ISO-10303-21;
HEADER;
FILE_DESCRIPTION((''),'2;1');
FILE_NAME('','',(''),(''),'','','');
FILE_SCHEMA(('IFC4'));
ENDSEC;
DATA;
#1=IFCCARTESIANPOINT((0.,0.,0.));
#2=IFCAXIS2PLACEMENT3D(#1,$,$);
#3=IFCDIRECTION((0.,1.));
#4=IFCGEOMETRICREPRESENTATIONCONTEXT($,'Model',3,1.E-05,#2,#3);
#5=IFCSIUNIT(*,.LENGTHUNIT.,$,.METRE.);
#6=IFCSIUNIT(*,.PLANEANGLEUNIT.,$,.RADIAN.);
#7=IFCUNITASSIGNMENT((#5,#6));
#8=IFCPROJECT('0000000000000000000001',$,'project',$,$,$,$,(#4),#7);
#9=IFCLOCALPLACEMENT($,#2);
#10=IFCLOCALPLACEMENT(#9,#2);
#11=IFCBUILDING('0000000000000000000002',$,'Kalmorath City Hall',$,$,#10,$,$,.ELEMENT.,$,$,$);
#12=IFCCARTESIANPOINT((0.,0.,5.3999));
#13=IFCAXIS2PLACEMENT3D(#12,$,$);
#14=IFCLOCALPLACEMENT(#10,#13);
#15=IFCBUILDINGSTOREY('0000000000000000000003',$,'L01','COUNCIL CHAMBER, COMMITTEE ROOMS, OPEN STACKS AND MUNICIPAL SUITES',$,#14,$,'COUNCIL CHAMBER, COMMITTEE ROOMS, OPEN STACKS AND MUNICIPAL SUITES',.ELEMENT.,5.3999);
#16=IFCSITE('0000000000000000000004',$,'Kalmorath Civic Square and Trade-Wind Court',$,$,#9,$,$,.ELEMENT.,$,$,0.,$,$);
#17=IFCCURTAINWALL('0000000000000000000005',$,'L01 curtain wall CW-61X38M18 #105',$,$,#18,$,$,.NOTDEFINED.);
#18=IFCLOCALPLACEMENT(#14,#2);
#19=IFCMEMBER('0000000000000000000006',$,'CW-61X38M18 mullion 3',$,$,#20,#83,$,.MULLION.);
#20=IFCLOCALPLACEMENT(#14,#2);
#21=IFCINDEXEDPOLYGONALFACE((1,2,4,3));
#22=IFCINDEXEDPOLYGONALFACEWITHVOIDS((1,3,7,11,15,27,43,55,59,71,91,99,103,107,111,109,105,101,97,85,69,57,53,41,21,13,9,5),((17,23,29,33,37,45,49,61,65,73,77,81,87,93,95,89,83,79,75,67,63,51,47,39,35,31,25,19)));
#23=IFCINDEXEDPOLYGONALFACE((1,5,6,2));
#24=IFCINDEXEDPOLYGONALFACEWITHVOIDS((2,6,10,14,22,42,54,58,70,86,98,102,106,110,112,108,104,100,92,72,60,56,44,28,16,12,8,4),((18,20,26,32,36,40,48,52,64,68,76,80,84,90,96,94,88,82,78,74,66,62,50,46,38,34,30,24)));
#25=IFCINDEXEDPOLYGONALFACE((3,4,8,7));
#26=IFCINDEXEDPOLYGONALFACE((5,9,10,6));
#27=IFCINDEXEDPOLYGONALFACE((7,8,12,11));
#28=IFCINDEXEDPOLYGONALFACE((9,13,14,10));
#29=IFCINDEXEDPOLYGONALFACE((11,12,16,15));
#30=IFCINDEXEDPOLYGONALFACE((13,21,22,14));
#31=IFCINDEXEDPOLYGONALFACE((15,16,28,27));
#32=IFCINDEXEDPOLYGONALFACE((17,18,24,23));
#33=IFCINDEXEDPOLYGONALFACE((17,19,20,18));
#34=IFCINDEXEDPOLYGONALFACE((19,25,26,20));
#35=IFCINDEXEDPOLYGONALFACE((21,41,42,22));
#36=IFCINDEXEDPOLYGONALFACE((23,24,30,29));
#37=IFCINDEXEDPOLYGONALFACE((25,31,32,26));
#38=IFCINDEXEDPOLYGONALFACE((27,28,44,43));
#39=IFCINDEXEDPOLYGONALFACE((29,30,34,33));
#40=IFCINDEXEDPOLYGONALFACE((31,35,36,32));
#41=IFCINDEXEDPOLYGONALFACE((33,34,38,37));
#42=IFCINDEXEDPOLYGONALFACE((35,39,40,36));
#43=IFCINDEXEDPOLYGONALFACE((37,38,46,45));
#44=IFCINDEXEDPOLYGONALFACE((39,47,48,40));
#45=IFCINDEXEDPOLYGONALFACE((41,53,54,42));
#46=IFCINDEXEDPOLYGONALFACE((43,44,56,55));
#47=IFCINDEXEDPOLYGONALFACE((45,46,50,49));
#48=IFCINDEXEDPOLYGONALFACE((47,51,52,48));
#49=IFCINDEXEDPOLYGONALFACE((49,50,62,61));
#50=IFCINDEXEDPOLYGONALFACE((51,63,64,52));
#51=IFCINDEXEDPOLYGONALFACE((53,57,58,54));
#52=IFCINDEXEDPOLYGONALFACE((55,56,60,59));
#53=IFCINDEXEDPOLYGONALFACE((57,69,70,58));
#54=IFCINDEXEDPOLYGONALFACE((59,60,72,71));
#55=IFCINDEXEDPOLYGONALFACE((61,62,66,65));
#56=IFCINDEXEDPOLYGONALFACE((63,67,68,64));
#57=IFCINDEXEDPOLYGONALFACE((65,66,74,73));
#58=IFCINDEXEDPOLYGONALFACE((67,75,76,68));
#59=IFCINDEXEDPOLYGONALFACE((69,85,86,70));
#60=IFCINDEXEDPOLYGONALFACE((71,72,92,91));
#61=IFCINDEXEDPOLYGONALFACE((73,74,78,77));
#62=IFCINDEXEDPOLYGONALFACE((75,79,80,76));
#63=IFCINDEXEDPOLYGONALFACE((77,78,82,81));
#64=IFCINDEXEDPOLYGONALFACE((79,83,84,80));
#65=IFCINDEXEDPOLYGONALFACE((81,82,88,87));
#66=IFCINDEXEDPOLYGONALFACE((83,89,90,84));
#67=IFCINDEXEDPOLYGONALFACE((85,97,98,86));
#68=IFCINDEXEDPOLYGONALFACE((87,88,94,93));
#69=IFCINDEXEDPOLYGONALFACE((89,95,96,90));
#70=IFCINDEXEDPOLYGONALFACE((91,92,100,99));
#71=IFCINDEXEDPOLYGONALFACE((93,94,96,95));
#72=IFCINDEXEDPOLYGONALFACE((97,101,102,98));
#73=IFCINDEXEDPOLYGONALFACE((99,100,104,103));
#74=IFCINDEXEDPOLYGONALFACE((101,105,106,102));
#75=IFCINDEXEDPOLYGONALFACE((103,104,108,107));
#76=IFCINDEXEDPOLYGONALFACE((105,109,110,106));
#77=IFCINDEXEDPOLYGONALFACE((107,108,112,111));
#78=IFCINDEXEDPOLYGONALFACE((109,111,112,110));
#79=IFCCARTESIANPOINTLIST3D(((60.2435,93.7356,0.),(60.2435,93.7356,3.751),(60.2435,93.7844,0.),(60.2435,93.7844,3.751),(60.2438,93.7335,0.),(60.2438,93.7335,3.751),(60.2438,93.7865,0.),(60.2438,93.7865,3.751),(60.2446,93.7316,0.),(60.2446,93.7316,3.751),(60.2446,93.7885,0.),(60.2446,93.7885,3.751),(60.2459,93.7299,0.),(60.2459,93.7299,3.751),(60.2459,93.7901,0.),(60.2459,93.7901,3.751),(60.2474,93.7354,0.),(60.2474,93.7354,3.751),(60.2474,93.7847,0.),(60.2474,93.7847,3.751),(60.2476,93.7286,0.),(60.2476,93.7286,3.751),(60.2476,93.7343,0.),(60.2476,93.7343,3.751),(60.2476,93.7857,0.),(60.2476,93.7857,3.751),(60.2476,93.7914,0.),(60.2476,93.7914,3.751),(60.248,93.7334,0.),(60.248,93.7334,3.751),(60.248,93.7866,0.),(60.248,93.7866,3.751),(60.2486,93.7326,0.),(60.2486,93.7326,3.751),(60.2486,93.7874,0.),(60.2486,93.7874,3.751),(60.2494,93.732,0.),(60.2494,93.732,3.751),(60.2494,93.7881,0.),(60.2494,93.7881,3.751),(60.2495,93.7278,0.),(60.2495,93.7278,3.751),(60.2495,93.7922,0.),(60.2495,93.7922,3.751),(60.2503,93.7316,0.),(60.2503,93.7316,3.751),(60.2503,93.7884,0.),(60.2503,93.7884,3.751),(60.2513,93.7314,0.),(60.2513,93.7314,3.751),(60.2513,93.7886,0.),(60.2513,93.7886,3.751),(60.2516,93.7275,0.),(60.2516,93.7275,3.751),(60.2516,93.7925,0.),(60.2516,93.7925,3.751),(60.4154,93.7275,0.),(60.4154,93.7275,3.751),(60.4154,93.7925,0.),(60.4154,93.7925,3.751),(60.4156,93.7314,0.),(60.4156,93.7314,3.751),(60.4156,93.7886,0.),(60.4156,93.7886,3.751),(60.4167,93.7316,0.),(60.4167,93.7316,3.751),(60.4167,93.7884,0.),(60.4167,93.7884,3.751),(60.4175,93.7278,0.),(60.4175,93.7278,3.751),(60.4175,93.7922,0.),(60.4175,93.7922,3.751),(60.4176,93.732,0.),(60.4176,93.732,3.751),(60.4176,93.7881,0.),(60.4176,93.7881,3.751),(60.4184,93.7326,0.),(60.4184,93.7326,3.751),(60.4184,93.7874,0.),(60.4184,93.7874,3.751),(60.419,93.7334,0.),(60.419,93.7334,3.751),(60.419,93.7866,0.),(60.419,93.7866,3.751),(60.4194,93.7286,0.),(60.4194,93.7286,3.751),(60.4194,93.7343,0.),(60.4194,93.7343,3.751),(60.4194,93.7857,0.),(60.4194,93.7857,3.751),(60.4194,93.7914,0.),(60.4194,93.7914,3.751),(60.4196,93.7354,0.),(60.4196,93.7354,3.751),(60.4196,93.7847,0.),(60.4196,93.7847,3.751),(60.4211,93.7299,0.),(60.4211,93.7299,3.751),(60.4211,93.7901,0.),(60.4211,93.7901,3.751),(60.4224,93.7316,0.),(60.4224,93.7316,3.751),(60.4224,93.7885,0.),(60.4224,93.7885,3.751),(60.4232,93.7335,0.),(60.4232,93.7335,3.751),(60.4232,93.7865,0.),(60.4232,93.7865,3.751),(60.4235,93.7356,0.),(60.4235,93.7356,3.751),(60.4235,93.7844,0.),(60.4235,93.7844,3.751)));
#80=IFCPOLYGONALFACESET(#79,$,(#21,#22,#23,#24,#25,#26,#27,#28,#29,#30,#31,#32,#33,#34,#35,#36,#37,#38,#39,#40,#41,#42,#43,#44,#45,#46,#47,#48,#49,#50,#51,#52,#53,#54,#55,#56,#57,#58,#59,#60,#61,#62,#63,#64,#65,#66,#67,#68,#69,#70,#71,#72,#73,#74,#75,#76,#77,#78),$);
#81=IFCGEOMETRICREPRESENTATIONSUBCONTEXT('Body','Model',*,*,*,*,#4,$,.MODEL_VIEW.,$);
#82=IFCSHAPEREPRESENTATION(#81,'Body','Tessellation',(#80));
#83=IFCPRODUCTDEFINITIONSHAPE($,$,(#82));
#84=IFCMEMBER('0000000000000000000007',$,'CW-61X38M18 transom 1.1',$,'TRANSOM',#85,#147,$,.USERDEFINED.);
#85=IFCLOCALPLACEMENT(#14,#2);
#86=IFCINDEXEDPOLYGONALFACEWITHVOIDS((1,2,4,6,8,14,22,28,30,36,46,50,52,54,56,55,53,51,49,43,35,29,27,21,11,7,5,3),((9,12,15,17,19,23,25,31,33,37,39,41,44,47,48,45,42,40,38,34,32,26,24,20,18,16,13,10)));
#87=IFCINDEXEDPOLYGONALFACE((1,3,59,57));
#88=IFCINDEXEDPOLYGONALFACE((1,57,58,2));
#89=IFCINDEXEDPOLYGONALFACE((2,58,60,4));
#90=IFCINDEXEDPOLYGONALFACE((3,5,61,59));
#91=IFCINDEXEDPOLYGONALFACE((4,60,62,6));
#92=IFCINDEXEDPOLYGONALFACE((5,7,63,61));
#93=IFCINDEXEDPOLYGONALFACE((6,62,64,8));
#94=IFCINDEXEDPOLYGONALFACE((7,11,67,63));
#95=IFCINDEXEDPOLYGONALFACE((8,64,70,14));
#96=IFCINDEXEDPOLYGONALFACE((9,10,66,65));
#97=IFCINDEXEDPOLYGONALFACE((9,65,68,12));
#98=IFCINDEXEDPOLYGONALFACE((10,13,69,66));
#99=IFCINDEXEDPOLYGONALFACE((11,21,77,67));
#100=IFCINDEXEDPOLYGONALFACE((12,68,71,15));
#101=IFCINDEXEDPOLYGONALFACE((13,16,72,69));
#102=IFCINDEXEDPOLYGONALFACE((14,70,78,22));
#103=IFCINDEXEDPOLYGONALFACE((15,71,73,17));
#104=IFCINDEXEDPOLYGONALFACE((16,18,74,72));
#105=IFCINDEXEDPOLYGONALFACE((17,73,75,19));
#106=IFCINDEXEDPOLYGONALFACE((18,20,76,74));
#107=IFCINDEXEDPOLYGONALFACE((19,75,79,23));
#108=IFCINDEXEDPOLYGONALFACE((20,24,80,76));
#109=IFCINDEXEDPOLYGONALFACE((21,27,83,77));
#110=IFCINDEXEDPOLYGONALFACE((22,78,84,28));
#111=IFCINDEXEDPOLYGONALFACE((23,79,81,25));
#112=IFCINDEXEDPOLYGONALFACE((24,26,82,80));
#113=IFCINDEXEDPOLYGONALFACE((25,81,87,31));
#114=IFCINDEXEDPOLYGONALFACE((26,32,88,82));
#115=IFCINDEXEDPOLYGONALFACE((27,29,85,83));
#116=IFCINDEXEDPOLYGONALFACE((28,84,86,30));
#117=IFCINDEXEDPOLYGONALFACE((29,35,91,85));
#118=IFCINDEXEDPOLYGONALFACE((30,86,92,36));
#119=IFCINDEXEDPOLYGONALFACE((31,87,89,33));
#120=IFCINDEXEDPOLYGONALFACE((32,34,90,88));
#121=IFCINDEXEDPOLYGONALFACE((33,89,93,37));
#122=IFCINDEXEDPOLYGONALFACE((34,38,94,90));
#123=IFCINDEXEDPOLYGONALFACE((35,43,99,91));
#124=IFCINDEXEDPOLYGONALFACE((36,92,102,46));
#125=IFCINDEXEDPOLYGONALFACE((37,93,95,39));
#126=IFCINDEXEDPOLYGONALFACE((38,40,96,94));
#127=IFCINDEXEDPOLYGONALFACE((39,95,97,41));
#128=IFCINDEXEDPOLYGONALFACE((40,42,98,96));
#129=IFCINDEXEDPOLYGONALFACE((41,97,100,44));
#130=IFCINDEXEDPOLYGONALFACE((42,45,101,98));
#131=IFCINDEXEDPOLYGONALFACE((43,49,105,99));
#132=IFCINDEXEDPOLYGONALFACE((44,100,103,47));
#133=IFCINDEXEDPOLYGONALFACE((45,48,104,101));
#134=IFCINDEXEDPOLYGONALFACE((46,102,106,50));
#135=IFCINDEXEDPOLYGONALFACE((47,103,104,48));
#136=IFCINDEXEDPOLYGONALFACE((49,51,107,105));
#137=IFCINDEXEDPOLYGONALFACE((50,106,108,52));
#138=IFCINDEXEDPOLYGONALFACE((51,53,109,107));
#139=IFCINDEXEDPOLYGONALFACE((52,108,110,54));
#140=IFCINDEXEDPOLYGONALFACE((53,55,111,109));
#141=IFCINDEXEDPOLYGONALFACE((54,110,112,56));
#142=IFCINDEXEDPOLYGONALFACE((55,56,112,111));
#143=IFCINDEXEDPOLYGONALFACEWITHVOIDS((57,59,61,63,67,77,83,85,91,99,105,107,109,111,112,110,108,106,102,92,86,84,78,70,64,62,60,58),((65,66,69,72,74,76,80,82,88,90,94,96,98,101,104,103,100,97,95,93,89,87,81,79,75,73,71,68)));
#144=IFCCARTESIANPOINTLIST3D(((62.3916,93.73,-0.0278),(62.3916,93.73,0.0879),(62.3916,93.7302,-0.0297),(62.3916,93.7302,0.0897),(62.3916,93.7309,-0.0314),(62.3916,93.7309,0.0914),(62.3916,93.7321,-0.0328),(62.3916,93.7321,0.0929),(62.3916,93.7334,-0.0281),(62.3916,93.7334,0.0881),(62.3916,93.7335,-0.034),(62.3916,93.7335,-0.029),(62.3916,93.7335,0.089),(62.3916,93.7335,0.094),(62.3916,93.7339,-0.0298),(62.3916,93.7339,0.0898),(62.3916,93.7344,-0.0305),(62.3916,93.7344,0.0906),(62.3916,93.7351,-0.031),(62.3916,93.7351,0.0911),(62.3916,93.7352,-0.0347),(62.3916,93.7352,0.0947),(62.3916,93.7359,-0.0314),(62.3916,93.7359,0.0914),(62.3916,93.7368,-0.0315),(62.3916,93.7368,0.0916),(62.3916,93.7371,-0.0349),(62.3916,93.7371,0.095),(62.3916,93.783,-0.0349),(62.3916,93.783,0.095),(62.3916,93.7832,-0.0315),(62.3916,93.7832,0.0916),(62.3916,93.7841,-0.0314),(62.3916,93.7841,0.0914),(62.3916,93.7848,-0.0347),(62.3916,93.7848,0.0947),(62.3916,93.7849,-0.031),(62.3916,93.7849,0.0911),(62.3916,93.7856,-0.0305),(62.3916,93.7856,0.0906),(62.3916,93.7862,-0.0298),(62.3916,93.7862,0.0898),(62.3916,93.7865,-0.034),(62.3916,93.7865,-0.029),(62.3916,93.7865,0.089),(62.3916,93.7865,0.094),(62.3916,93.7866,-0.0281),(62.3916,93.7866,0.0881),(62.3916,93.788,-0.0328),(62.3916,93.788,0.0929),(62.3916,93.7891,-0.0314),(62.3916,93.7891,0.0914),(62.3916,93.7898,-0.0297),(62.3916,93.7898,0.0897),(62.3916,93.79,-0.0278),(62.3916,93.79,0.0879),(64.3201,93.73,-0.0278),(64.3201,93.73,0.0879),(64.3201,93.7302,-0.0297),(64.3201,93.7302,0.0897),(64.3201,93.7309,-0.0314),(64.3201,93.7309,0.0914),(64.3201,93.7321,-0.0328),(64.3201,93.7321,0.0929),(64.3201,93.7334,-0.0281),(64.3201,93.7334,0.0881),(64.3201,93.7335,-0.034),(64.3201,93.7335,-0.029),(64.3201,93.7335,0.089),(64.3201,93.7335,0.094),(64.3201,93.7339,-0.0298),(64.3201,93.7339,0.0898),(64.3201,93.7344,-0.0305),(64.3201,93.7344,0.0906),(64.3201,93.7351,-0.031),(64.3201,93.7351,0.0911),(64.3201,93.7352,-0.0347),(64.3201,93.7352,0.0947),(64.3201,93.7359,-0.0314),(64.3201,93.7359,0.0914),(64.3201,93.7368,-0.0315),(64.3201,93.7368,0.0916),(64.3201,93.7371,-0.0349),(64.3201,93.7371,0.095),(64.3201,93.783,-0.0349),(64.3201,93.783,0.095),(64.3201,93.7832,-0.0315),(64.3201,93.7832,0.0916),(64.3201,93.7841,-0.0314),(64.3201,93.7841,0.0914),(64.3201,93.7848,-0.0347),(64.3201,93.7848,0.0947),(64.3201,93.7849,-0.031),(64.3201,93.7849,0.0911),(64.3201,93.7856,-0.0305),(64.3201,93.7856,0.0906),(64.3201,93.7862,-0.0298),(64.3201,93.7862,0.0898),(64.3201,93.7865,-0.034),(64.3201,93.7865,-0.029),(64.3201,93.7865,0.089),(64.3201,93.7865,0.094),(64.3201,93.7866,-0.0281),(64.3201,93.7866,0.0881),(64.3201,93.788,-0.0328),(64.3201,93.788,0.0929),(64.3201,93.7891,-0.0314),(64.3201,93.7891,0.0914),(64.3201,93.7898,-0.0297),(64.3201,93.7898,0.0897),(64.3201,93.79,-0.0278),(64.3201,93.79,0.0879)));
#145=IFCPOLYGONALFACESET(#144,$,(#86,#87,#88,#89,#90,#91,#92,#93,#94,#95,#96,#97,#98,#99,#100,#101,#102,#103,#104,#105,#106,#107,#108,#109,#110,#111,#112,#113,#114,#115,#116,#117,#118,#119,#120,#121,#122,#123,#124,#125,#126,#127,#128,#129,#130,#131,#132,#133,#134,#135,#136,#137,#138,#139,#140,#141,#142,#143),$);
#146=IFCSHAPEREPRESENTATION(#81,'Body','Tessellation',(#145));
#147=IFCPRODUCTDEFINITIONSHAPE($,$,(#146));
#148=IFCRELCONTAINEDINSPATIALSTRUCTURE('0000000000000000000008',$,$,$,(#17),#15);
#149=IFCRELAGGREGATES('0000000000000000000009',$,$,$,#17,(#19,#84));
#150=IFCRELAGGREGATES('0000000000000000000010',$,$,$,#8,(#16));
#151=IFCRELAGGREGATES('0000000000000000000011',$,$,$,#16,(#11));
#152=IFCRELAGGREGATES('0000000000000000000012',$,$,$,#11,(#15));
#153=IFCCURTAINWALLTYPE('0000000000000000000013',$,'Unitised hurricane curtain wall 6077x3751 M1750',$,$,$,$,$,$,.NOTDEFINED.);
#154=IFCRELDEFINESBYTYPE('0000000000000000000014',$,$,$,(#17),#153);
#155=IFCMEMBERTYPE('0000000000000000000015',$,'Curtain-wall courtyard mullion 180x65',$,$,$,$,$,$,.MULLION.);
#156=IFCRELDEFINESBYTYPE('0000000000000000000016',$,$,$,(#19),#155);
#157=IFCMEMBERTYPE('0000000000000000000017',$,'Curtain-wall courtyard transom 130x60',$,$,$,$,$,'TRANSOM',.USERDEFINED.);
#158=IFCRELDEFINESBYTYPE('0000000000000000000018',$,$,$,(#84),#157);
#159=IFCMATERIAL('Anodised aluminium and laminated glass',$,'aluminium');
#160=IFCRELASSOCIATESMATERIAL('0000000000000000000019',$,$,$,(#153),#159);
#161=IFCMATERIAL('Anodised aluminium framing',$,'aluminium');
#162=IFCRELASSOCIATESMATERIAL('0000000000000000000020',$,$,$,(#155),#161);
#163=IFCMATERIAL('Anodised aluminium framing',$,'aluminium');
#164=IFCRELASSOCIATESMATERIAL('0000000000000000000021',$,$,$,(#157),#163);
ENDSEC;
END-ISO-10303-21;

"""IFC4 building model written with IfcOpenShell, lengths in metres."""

from ifc_helpers import new_model, si_unit, direction, frame, origin, origin_2d, place, context, subcontext, project, spatial, hollow_rectangle, extrude, material, material_profile, profile_set, type_object, element, aggregate, save


model = new_model("IFC4")

# Units and contexts
model_context = context("Model", 3, precision=1e-05, world=origin(), true_north=direction((0.0, 1.0)))
body_context = subcontext(model_context, "Body", "Model", "MODEL_VIEW")
ifc_project = project(units=[si_unit("LENGTHUNIT", "METRE"), si_unit("PLANEANGLEUNIT", "RADIAN")], contexts=[model_context])

# Site, building, storey
site_placement = place(None, origin())
site = spatial("IfcSite", under=ifc_project, at=site_placement, Name="Kalmorath Civic Square and Trade-Wind Court", CompositionType="ELEMENT", RefElevation=0.0)
building_placement = place(site_placement, origin())
building = spatial("IfcBuilding", under=site, at=building_placement, Name="Kalmorath City Hall", CompositionType="ELEMENT")
storey_placement = place(building_placement, frame((0.0, 0.0, 5.3999)))
storey = spatial("IfcBuildingStorey", under=building, at=storey_placement, Name="L01", Description="COUNCIL CHAMBER, COMMITTEE ROOMS, OPEN STACKS AND MUNICIPAL SUITES", LongName="COUNCIL CHAMBER, COMMITTEE ROOMS, OPEN STACKS AND MUNICIPAL SUITES", CompositionType="ELEMENT", Elevation=5.3999)

# Curtain wall, members
ifc_material_1 = material(Name="Anodised aluminium and laminated glass", Category="aluminium")
curtain_wall_type = type_object("IfcCurtainWallType", Name="Unitised hurricane curtain wall 6077x3751 M1750", PredefinedType="NOTDEFINED", material=ifc_material_1)
curtain_wall_placement = place(storey_placement, origin())
curtain_wall = element("IfcCurtainWall", 1, at=curtain_wall_placement, inside=storey, type_object=curtain_wall_type, Name="L01 curtain wall CW-61X38M18 #105", PredefinedType="NOTDEFINED")
ifc_material_2 = material(Name="Anodised aluminium framing", Category="aluminium")
ifc_material_profile_1 = material_profile(ifc_material_2, hollow_rectangle(XDim=0.0649, YDim=0.1799, WallThickness=0.0039, InnerFilletRadius=0.0039, OuterFilletRadius=0.0081, at=origin_2d()), Name="ALU-MUL-180X65X4")
ifc_profile_set_1 = profile_set([ifc_material_profile_1], Name="Anodised aluminium framing")
member_type_1 = type_object("IfcMemberType", Name="Curtain-wall courtyard mullion 180x65", PredefinedType="MULLION", material=ifc_profile_set_1)
member_1_placement = place(storey_placement, frame((60.3335, 93.76, 0.0), z_axis=(0.0, 0.0, 1.0), x_axis=(0.0, -1.0, 0.0)))
member_1 = element("IfcMember", 2, at=member_1_placement, type_object=member_type_1, Name="CW-61X38M18 mullion 3", PredefinedType="MULLION", context=body_context, shape_type="SweptSolid", body=[
    extrude(hollow_rectangle(XDim=0.0649, YDim=0.1799, WallThickness=0.0039, InnerFilletRadius=0.0039, OuterFilletRadius=0.0081, at=origin_2d()), origin(), (0.0, 0.0, 1.0), 3.751),
])
ifc_material_3 = material(Name="Anodised aluminium framing", Category="aluminium")
ifc_material_profile_2 = material_profile(ifc_material_3, hollow_rectangle(XDim=0.0601, YDim=0.1299, WallThickness=0.0034, InnerFilletRadius=0.0034, OuterFilletRadius=0.0071, at=origin_2d()), Name="ALU-TRN-130X60X3.5")
ifc_profile_set_2 = profile_set([ifc_material_profile_2], Name="Anodised aluminium framing")
member_type_2 = type_object("IfcMemberType", Name="Curtain-wall courtyard transom 130x60", ElementType="TRANSOM", PredefinedType="USERDEFINED", material=ifc_profile_set_2)
member_2_placement = place(storey_placement, frame((64.3201, 93.76, 0.03), z_axis=(-1.0, 0.0, 0.0), x_axis=(0.0, -1.0, 0.0)))
member_2 = element("IfcMember", 3, at=member_2_placement, type_object=member_type_2, Name="CW-61X38M18 transom 1.1", ObjectType="TRANSOM", PredefinedType="USERDEFINED", context=body_context, shape_type="SweptSolid", body=[
    extrude(hollow_rectangle(XDim=0.0601, YDim=0.1299, WallThickness=0.0034, InnerFilletRadius=0.0034, OuterFilletRadius=0.0071, at=origin_2d()), origin(), (0.0, 0.0, 1.0), 1.9285),
])
aggregate(curtain_wall, [member_1, member_2])

save(model, "model.ifc")
